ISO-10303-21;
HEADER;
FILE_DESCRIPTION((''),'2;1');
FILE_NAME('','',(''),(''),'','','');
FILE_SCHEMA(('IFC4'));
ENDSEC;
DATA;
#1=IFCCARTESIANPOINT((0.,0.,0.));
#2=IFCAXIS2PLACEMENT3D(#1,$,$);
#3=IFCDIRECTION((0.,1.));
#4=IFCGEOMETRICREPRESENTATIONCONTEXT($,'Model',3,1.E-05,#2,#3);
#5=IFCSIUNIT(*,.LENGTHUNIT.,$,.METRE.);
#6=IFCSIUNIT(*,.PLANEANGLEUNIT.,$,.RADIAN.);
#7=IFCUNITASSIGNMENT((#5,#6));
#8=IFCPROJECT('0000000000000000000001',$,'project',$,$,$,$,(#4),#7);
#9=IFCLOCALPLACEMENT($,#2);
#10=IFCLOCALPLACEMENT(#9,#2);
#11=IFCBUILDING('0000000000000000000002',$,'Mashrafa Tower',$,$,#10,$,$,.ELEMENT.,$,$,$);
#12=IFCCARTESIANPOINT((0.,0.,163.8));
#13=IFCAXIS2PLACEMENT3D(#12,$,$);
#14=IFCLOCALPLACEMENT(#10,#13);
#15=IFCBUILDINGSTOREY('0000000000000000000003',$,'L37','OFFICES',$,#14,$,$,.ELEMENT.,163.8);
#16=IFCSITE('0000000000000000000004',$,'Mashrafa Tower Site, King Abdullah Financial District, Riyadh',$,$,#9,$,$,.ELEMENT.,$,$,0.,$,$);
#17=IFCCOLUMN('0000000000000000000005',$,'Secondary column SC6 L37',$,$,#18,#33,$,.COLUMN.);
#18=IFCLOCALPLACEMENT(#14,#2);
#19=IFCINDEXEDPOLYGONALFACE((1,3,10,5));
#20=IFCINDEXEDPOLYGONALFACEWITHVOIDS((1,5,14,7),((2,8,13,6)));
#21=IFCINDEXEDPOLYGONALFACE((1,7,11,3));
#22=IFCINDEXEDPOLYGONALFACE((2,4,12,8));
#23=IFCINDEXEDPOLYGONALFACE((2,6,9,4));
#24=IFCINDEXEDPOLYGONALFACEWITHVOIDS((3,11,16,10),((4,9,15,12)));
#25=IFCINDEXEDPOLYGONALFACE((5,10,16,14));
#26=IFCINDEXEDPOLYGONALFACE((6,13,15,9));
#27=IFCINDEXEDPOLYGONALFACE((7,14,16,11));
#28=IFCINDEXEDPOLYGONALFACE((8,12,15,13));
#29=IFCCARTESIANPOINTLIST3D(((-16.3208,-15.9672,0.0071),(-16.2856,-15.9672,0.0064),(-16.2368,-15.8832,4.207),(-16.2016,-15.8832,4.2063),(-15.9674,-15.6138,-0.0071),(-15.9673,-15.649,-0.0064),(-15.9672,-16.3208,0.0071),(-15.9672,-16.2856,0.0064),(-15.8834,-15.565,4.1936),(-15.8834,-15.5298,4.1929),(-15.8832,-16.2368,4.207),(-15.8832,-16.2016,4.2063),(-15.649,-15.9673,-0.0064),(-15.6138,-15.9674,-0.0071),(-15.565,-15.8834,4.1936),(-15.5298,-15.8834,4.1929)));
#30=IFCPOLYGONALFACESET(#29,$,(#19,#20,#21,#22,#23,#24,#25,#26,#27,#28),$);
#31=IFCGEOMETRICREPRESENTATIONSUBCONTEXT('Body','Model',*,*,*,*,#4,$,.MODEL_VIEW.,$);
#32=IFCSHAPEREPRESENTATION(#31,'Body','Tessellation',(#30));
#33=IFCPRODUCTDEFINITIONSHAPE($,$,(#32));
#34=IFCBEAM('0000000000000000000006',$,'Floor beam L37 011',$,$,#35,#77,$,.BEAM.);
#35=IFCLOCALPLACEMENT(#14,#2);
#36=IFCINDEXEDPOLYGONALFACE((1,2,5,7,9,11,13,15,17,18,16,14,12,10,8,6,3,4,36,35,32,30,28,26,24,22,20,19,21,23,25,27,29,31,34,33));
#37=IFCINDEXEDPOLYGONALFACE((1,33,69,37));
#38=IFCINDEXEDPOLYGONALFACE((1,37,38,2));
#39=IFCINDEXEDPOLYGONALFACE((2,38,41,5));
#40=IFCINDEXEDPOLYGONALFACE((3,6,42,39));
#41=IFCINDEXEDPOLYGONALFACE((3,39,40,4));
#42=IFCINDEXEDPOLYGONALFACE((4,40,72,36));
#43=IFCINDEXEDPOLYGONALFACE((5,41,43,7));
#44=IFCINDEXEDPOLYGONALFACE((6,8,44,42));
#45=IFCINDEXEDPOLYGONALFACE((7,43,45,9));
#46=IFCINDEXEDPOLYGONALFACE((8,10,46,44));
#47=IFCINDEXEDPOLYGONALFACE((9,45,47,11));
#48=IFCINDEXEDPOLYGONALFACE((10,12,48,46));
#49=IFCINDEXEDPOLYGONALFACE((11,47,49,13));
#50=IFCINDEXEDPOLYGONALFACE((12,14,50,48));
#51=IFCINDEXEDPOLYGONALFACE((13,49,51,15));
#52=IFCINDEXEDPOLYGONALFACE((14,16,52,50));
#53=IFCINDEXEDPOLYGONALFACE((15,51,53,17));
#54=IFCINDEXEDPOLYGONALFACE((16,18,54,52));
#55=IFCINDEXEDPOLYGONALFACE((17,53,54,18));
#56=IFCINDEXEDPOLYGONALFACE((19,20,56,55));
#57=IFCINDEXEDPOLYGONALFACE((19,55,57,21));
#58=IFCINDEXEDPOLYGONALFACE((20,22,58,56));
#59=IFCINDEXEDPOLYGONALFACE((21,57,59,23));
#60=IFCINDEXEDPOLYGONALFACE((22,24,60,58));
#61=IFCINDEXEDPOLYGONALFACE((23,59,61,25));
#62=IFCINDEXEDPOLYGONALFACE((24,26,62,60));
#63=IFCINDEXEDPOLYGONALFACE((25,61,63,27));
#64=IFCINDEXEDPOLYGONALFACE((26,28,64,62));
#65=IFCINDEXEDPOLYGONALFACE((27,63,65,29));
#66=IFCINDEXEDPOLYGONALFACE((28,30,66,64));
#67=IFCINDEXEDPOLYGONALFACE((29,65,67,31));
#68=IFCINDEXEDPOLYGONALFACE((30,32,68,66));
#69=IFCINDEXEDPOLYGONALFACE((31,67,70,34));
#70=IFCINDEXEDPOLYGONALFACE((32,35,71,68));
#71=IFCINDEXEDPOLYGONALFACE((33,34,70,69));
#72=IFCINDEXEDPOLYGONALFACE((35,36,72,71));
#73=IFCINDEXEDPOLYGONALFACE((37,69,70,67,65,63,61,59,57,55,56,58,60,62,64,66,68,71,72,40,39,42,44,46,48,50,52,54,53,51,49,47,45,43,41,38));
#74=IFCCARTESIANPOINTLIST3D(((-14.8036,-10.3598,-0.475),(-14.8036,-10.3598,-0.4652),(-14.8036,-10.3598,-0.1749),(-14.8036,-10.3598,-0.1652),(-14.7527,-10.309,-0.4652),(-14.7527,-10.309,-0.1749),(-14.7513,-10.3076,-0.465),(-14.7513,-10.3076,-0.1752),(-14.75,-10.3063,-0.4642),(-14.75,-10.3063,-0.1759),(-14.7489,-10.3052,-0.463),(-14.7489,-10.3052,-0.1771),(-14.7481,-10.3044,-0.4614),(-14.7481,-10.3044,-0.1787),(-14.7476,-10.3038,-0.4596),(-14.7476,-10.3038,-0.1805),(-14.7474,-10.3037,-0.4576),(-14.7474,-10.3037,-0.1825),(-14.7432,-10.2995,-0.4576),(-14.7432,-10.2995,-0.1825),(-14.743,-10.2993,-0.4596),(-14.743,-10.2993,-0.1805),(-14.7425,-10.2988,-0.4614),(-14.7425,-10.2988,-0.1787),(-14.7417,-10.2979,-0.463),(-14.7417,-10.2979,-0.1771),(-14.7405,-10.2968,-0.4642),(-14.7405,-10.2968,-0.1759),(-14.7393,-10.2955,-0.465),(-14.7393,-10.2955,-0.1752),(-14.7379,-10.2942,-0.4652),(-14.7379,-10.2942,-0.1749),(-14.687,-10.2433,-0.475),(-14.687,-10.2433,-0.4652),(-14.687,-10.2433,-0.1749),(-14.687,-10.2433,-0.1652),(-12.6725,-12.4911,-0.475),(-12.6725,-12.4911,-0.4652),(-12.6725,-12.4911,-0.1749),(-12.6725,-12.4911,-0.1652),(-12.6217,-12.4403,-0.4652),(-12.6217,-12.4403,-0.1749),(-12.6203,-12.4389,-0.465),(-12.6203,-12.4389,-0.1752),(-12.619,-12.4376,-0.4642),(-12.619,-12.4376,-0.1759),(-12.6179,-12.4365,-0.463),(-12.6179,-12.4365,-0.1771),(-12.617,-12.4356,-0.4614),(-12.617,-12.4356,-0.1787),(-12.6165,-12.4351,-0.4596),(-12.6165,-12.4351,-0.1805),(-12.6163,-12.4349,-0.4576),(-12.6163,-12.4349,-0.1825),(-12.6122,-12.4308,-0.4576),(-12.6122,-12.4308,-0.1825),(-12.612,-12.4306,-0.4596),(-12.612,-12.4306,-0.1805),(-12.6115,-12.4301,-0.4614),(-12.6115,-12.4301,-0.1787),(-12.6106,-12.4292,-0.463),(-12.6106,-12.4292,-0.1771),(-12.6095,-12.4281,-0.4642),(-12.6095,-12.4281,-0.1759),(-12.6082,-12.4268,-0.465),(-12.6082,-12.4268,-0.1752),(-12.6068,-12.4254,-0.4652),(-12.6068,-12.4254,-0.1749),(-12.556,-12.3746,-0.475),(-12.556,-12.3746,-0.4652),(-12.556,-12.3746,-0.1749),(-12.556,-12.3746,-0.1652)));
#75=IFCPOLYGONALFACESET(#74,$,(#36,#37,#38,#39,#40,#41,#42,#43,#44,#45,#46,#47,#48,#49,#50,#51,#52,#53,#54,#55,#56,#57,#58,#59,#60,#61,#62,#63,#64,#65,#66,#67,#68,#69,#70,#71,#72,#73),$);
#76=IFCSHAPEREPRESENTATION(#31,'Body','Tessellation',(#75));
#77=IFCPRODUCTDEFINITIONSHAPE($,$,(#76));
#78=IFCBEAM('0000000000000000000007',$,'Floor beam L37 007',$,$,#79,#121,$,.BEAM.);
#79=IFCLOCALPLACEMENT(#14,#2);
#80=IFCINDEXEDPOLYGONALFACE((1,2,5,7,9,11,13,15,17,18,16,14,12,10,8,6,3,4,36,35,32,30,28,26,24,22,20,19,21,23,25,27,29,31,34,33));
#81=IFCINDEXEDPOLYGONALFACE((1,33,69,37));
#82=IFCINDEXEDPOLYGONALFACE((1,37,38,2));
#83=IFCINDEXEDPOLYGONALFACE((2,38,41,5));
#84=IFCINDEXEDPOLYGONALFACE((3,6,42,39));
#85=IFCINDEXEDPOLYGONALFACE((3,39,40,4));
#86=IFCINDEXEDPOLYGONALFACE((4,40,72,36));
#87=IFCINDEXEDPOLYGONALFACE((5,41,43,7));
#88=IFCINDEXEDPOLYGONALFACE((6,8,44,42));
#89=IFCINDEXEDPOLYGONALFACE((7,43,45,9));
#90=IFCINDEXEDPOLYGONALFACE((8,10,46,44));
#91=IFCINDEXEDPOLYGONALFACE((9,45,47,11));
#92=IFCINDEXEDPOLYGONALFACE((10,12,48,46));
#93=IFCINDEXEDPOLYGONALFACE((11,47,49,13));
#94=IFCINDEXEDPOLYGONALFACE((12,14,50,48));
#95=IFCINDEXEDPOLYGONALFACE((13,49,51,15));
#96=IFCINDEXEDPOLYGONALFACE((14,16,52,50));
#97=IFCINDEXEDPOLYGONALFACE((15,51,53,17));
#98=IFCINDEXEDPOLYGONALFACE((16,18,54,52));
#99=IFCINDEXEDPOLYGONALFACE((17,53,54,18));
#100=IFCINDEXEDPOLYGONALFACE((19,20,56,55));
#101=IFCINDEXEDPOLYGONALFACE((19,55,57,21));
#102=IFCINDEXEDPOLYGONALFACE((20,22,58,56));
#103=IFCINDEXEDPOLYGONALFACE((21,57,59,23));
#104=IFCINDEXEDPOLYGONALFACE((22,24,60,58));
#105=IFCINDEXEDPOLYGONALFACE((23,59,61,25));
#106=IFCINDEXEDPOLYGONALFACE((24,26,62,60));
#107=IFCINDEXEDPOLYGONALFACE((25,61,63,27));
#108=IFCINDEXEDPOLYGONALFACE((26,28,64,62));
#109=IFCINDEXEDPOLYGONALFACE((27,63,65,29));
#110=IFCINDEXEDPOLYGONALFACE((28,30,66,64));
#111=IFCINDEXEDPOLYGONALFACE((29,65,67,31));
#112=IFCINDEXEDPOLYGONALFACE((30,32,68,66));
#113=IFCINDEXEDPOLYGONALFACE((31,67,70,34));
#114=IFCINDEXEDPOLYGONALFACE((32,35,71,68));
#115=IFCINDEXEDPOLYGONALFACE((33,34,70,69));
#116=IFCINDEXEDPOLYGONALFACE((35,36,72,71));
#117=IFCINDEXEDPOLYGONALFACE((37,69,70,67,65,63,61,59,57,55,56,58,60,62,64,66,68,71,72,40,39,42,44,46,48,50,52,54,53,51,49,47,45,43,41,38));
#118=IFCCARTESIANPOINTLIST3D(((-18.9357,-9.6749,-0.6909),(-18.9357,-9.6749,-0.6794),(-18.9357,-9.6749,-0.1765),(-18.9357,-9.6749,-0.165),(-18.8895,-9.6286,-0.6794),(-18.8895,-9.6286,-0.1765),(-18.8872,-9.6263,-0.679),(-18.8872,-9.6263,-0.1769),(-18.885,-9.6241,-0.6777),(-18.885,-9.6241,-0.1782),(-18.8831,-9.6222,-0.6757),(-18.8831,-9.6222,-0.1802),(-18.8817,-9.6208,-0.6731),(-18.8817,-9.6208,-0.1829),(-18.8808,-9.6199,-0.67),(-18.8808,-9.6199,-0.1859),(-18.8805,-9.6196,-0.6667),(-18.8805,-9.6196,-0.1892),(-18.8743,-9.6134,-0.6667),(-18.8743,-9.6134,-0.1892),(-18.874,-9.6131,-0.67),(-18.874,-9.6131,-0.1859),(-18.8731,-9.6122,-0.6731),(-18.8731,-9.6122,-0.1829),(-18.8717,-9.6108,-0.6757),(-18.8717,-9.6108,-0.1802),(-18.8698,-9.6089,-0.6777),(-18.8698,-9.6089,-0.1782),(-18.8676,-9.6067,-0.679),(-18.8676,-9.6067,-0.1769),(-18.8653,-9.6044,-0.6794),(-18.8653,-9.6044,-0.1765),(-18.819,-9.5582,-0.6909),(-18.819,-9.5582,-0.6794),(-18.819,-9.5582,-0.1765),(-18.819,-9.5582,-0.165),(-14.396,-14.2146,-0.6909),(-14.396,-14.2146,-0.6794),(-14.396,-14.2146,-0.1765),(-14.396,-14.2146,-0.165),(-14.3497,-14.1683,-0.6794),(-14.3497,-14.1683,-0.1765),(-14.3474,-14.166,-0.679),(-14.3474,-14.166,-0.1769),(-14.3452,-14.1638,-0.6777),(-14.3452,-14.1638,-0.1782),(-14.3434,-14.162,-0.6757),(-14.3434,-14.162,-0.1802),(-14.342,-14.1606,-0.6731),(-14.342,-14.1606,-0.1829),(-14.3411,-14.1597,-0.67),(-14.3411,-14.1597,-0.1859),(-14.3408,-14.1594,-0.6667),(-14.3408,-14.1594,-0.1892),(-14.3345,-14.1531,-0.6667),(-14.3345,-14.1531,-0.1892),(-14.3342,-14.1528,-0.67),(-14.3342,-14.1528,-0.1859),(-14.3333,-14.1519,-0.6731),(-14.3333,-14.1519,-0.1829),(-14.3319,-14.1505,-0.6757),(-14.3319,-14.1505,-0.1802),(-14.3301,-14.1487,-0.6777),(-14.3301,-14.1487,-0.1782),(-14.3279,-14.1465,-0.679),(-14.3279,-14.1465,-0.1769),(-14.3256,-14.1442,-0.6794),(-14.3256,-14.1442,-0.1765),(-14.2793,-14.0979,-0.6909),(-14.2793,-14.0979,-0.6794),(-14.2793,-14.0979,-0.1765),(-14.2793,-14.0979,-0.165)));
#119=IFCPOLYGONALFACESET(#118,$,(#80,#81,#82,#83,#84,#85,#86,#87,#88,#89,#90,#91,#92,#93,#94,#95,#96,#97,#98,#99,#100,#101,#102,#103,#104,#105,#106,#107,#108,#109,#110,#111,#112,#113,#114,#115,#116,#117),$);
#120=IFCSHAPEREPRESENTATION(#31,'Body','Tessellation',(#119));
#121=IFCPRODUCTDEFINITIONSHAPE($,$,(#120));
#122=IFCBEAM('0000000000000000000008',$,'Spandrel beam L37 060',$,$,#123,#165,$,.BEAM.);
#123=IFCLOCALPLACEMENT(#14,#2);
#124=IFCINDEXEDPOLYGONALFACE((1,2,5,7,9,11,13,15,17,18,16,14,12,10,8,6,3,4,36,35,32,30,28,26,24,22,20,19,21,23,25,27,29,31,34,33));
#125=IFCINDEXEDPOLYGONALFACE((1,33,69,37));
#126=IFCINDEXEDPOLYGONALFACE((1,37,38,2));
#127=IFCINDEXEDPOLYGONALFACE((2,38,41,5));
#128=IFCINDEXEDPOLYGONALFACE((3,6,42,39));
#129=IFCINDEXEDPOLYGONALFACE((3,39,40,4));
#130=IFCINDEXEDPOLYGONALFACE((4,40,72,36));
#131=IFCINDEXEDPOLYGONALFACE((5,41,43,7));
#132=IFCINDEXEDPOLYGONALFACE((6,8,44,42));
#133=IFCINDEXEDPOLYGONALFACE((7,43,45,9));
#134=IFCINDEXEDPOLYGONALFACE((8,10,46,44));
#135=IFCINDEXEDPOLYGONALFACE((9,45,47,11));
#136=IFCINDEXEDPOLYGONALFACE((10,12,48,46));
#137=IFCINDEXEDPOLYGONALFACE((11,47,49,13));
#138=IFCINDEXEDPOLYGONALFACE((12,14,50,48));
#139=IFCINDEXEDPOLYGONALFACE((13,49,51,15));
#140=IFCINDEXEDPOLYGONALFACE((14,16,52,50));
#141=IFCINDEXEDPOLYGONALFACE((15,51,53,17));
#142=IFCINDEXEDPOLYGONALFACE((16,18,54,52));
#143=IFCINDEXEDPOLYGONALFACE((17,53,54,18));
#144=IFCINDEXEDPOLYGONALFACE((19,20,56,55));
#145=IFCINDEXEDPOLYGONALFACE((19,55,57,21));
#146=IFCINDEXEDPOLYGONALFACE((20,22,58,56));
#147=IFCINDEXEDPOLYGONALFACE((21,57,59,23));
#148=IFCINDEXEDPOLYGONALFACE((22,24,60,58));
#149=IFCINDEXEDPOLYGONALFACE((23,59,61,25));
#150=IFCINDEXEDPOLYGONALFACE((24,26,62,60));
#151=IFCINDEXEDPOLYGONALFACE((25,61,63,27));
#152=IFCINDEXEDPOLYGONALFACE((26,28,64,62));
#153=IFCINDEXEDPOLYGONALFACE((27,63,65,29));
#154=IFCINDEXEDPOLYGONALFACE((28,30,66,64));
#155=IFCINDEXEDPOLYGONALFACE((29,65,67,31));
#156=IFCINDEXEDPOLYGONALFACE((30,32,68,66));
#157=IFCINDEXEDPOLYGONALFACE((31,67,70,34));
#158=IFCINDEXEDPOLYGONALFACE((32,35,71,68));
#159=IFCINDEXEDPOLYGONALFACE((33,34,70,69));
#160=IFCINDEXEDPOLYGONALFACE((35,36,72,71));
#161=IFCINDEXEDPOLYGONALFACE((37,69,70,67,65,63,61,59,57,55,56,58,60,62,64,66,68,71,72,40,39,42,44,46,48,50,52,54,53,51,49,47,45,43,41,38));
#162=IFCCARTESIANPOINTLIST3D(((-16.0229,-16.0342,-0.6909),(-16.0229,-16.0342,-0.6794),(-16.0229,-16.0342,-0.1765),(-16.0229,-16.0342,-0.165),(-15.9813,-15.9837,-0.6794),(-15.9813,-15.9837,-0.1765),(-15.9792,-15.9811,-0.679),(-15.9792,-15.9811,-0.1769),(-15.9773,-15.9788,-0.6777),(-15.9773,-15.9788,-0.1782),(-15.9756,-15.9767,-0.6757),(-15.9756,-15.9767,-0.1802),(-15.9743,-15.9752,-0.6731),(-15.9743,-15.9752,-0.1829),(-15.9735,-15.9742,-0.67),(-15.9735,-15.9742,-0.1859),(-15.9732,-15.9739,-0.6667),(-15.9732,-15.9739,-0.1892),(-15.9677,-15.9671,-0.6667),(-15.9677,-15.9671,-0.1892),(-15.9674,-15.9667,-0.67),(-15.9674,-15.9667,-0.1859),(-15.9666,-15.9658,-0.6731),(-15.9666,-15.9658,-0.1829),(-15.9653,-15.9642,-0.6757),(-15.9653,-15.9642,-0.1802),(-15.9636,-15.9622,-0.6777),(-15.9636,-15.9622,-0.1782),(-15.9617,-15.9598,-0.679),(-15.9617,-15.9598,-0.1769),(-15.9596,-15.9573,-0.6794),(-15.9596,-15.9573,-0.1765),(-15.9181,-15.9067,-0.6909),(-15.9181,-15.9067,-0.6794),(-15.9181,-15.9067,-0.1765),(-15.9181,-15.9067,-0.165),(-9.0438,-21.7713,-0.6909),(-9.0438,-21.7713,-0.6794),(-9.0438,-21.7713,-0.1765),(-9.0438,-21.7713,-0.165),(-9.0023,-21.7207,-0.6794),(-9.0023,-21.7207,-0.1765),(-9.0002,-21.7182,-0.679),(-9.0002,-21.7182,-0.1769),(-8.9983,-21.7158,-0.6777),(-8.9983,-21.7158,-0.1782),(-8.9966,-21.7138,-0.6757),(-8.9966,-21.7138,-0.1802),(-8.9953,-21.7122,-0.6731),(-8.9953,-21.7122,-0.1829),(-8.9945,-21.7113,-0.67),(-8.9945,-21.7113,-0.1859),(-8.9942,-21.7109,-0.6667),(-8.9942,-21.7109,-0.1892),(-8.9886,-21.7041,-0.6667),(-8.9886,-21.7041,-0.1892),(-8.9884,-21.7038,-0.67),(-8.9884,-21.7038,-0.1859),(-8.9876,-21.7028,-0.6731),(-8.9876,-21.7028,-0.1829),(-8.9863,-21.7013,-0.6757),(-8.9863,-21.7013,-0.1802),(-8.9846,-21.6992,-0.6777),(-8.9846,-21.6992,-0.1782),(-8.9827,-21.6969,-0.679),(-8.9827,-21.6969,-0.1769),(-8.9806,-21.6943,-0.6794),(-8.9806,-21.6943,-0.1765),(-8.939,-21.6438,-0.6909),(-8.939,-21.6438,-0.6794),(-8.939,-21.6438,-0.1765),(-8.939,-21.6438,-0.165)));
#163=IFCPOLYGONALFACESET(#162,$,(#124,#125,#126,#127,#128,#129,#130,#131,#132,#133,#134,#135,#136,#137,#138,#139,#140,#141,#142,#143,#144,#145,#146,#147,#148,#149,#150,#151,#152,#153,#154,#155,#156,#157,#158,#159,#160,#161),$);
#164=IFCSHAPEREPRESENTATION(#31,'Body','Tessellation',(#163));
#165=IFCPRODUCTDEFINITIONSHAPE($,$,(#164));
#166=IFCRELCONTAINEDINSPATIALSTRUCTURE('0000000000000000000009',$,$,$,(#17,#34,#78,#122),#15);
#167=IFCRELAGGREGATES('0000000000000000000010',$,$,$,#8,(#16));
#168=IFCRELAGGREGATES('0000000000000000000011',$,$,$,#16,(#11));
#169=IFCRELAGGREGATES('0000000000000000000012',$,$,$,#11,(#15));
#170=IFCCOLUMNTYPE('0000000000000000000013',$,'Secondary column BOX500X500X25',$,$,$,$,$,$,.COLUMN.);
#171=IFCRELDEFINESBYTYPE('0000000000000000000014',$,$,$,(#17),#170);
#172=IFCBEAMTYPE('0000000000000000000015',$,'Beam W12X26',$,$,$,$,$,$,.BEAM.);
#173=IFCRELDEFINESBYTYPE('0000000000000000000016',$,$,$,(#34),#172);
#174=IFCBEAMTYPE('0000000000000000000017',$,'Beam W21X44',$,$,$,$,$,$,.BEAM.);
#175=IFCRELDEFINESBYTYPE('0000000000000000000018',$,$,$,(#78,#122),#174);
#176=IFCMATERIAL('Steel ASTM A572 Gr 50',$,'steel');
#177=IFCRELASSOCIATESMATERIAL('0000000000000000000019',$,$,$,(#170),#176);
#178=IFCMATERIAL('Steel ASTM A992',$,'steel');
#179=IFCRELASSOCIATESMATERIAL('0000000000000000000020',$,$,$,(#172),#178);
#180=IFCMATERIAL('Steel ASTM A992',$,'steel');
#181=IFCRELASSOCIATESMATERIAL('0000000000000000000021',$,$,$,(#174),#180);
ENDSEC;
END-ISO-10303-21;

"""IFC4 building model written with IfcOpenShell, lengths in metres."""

from ifc_helpers import new_model, si_unit, direction, frame, origin, origin_2d, place, context, subcontext, project, spatial, hollow_rectangle, i_section, extrude, material, material_profile, profile_set, type_object, element, save


model = new_model("IFC4")

# Units and contexts
model_context = context("Model", 3, precision=1e-05, world=origin(), true_north=direction((0.0, 1.0)))
body_context = subcontext(model_context, "Body", "Model", "MODEL_VIEW")
ifc_project = project(units=[si_unit("LENGTHUNIT", "METRE"), si_unit("PLANEANGLEUNIT", "RADIAN")], contexts=[model_context])

# Site, building, storey
site_placement = place(None, origin())
site = spatial("IfcSite", under=ifc_project, at=site_placement, Name="Mashrafa Tower Site, King Abdullah Financial District, Riyadh", CompositionType="ELEMENT", RefElevation=0.0)
building_placement = place(site_placement, origin())
building = spatial("IfcBuilding", under=site, at=building_placement, Name="Mashrafa Tower", CompositionType="ELEMENT")
storey_placement = place(building_placement, frame((0.0, 0.0, 163.8)))
storey = spatial("IfcBuildingStorey", under=building, at=storey_placement, Name="L37", Description="OFFICES", CompositionType="ELEMENT", Elevation=163.8)

# Column
ifc_material_1 = material(Name="Steel ASTM A572 Gr 50", Category="steel")
ifc_material_profile_1 = material_profile(ifc_material_1, hollow_rectangle(XDim=0.5, YDim=0.5, WallThickness=0.0249, at=origin_2d()), Name="BOX500X500X25")
ifc_profile_set_1 = profile_set([ifc_material_profile_1], Name="Steel ASTM A572 Gr 50")
column_type = type_object("IfcColumnType", Name="Secondary column BOX500X500X25", PredefinedType="COLUMN", material=ifc_profile_set_1)
column_placement = place(storey_placement, frame((-15.9673, -15.9673, 0.0), z_axis=(0.019989, 0.019989, 0.9996), x_axis=(-0.707107, 0.707107, 0.0)))
element("IfcColumn", 1, at=column_placement, inside=storey, type_object=column_type, Name="Secondary column SC6 L37", PredefinedType="COLUMN", context=body_context, shape_type="SweptSolid", body=[
    extrude(hollow_rectangle(XDim=0.5, YDim=0.5, WallThickness=0.0249, at=origin_2d()), origin(), (0.0, 0.0, 1.0), 4.2017),
])

# Beams
ifc_material_2 = material(Name="Steel ASTM A992", Category="steel")
ifc_material_profile_2 = material_profile(ifc_material_2, i_section(OverallWidth=0.1648, OverallDepth=0.3098, WebThickness=0.0059, FlangeThickness=0.0098, FilletRadius=0.0076, at=origin_2d()), Name="W12X26")
ifc_profile_set_2 = profile_set([ifc_material_profile_2], Name="Steel ASTM A992")
beam_type_1 = type_object("IfcBeamType", Name="Beam W12X26", PredefinedType="BEAM", material=ifc_profile_set_2)
beam_1_placement = place(storey_placement, frame((-12.6143, -12.4329, -0.3201), z_axis=(-0.707066, 0.707147, 0.0), x_axis=(-0.707147, -0.707066, 0.0)))
element("IfcBeam", 2, at=beam_1_placement, inside=storey, type_object=beam_type_1, Name="Floor beam L37 011", PredefinedType="BEAM", context=body_context, shape_type="SweptSolid", body=[
    extrude(i_section(OverallWidth=0.1648, OverallDepth=0.3098, WebThickness=0.0059, FlangeThickness=0.0098, FilletRadius=0.0076, at=origin_2d()), origin(), (0.0, 0.0, 1.0), 3.0139),
])
ifc_material_3 = material(Name="Steel ASTM A992", Category="steel")
ifc_material_profile_3 = material_profile(ifc_material_3, i_section(OverallWidth=0.165, OverallDepth=0.5259, WebThickness=0.0088, FlangeThickness=0.0115, FilletRadius=0.0127, at=origin_2d()), Name="W21X44")
ifc_profile_set_3 = profile_set([ifc_material_profile_3], Name="Steel ASTM A992")
beam_type_2 = type_object("IfcBeamType", Name="Beam W21X44", PredefinedType="BEAM", material=ifc_profile_set_3)
beam_2_placement = place(storey_placement, frame((-14.3376, -14.1562, -0.428), z_axis=(-0.707107, 0.707107, 0.0), x_axis=(-0.707107, -0.707107, 0.0)))
element("IfcBeam", 3, at=beam_2_placement, inside=storey, type_object=beam_type_2, Name="Floor beam L37 007", PredefinedType="BEAM", context=body_context, shape_type="SweptSolid", body=[
    extrude(i_section(OverallWidth=0.165, OverallDepth=0.5259, WebThickness=0.0088, FlangeThickness=0.0115, FilletRadius=0.0127, at=origin_2d()), origin(), (0.0, 0.0, 1.0), 6.4202),
])
beam_3_placement = place(storey_placement, frame((-15.9705, -15.9705, -0.428), z_axis=(0.772492, -0.635024, 0.0), x_axis=(0.635024, 0.772492, 0.0)))
element("IfcBeam", 4, at=beam_3_placement, inside=storey, type_object=beam_type_2, Name="Spandrel beam L37 060", PredefinedType="BEAM", context=body_context, shape_type="SweptSolid", body=[
    extrude(i_section(OverallWidth=0.165, OverallDepth=0.5259, WebThickness=0.0088, FlangeThickness=0.0115, FilletRadius=0.0127, at=origin_2d()), origin(), (0.0, 0.0, 1.0), 9.0344),
])

save(model, "model.ifc")
